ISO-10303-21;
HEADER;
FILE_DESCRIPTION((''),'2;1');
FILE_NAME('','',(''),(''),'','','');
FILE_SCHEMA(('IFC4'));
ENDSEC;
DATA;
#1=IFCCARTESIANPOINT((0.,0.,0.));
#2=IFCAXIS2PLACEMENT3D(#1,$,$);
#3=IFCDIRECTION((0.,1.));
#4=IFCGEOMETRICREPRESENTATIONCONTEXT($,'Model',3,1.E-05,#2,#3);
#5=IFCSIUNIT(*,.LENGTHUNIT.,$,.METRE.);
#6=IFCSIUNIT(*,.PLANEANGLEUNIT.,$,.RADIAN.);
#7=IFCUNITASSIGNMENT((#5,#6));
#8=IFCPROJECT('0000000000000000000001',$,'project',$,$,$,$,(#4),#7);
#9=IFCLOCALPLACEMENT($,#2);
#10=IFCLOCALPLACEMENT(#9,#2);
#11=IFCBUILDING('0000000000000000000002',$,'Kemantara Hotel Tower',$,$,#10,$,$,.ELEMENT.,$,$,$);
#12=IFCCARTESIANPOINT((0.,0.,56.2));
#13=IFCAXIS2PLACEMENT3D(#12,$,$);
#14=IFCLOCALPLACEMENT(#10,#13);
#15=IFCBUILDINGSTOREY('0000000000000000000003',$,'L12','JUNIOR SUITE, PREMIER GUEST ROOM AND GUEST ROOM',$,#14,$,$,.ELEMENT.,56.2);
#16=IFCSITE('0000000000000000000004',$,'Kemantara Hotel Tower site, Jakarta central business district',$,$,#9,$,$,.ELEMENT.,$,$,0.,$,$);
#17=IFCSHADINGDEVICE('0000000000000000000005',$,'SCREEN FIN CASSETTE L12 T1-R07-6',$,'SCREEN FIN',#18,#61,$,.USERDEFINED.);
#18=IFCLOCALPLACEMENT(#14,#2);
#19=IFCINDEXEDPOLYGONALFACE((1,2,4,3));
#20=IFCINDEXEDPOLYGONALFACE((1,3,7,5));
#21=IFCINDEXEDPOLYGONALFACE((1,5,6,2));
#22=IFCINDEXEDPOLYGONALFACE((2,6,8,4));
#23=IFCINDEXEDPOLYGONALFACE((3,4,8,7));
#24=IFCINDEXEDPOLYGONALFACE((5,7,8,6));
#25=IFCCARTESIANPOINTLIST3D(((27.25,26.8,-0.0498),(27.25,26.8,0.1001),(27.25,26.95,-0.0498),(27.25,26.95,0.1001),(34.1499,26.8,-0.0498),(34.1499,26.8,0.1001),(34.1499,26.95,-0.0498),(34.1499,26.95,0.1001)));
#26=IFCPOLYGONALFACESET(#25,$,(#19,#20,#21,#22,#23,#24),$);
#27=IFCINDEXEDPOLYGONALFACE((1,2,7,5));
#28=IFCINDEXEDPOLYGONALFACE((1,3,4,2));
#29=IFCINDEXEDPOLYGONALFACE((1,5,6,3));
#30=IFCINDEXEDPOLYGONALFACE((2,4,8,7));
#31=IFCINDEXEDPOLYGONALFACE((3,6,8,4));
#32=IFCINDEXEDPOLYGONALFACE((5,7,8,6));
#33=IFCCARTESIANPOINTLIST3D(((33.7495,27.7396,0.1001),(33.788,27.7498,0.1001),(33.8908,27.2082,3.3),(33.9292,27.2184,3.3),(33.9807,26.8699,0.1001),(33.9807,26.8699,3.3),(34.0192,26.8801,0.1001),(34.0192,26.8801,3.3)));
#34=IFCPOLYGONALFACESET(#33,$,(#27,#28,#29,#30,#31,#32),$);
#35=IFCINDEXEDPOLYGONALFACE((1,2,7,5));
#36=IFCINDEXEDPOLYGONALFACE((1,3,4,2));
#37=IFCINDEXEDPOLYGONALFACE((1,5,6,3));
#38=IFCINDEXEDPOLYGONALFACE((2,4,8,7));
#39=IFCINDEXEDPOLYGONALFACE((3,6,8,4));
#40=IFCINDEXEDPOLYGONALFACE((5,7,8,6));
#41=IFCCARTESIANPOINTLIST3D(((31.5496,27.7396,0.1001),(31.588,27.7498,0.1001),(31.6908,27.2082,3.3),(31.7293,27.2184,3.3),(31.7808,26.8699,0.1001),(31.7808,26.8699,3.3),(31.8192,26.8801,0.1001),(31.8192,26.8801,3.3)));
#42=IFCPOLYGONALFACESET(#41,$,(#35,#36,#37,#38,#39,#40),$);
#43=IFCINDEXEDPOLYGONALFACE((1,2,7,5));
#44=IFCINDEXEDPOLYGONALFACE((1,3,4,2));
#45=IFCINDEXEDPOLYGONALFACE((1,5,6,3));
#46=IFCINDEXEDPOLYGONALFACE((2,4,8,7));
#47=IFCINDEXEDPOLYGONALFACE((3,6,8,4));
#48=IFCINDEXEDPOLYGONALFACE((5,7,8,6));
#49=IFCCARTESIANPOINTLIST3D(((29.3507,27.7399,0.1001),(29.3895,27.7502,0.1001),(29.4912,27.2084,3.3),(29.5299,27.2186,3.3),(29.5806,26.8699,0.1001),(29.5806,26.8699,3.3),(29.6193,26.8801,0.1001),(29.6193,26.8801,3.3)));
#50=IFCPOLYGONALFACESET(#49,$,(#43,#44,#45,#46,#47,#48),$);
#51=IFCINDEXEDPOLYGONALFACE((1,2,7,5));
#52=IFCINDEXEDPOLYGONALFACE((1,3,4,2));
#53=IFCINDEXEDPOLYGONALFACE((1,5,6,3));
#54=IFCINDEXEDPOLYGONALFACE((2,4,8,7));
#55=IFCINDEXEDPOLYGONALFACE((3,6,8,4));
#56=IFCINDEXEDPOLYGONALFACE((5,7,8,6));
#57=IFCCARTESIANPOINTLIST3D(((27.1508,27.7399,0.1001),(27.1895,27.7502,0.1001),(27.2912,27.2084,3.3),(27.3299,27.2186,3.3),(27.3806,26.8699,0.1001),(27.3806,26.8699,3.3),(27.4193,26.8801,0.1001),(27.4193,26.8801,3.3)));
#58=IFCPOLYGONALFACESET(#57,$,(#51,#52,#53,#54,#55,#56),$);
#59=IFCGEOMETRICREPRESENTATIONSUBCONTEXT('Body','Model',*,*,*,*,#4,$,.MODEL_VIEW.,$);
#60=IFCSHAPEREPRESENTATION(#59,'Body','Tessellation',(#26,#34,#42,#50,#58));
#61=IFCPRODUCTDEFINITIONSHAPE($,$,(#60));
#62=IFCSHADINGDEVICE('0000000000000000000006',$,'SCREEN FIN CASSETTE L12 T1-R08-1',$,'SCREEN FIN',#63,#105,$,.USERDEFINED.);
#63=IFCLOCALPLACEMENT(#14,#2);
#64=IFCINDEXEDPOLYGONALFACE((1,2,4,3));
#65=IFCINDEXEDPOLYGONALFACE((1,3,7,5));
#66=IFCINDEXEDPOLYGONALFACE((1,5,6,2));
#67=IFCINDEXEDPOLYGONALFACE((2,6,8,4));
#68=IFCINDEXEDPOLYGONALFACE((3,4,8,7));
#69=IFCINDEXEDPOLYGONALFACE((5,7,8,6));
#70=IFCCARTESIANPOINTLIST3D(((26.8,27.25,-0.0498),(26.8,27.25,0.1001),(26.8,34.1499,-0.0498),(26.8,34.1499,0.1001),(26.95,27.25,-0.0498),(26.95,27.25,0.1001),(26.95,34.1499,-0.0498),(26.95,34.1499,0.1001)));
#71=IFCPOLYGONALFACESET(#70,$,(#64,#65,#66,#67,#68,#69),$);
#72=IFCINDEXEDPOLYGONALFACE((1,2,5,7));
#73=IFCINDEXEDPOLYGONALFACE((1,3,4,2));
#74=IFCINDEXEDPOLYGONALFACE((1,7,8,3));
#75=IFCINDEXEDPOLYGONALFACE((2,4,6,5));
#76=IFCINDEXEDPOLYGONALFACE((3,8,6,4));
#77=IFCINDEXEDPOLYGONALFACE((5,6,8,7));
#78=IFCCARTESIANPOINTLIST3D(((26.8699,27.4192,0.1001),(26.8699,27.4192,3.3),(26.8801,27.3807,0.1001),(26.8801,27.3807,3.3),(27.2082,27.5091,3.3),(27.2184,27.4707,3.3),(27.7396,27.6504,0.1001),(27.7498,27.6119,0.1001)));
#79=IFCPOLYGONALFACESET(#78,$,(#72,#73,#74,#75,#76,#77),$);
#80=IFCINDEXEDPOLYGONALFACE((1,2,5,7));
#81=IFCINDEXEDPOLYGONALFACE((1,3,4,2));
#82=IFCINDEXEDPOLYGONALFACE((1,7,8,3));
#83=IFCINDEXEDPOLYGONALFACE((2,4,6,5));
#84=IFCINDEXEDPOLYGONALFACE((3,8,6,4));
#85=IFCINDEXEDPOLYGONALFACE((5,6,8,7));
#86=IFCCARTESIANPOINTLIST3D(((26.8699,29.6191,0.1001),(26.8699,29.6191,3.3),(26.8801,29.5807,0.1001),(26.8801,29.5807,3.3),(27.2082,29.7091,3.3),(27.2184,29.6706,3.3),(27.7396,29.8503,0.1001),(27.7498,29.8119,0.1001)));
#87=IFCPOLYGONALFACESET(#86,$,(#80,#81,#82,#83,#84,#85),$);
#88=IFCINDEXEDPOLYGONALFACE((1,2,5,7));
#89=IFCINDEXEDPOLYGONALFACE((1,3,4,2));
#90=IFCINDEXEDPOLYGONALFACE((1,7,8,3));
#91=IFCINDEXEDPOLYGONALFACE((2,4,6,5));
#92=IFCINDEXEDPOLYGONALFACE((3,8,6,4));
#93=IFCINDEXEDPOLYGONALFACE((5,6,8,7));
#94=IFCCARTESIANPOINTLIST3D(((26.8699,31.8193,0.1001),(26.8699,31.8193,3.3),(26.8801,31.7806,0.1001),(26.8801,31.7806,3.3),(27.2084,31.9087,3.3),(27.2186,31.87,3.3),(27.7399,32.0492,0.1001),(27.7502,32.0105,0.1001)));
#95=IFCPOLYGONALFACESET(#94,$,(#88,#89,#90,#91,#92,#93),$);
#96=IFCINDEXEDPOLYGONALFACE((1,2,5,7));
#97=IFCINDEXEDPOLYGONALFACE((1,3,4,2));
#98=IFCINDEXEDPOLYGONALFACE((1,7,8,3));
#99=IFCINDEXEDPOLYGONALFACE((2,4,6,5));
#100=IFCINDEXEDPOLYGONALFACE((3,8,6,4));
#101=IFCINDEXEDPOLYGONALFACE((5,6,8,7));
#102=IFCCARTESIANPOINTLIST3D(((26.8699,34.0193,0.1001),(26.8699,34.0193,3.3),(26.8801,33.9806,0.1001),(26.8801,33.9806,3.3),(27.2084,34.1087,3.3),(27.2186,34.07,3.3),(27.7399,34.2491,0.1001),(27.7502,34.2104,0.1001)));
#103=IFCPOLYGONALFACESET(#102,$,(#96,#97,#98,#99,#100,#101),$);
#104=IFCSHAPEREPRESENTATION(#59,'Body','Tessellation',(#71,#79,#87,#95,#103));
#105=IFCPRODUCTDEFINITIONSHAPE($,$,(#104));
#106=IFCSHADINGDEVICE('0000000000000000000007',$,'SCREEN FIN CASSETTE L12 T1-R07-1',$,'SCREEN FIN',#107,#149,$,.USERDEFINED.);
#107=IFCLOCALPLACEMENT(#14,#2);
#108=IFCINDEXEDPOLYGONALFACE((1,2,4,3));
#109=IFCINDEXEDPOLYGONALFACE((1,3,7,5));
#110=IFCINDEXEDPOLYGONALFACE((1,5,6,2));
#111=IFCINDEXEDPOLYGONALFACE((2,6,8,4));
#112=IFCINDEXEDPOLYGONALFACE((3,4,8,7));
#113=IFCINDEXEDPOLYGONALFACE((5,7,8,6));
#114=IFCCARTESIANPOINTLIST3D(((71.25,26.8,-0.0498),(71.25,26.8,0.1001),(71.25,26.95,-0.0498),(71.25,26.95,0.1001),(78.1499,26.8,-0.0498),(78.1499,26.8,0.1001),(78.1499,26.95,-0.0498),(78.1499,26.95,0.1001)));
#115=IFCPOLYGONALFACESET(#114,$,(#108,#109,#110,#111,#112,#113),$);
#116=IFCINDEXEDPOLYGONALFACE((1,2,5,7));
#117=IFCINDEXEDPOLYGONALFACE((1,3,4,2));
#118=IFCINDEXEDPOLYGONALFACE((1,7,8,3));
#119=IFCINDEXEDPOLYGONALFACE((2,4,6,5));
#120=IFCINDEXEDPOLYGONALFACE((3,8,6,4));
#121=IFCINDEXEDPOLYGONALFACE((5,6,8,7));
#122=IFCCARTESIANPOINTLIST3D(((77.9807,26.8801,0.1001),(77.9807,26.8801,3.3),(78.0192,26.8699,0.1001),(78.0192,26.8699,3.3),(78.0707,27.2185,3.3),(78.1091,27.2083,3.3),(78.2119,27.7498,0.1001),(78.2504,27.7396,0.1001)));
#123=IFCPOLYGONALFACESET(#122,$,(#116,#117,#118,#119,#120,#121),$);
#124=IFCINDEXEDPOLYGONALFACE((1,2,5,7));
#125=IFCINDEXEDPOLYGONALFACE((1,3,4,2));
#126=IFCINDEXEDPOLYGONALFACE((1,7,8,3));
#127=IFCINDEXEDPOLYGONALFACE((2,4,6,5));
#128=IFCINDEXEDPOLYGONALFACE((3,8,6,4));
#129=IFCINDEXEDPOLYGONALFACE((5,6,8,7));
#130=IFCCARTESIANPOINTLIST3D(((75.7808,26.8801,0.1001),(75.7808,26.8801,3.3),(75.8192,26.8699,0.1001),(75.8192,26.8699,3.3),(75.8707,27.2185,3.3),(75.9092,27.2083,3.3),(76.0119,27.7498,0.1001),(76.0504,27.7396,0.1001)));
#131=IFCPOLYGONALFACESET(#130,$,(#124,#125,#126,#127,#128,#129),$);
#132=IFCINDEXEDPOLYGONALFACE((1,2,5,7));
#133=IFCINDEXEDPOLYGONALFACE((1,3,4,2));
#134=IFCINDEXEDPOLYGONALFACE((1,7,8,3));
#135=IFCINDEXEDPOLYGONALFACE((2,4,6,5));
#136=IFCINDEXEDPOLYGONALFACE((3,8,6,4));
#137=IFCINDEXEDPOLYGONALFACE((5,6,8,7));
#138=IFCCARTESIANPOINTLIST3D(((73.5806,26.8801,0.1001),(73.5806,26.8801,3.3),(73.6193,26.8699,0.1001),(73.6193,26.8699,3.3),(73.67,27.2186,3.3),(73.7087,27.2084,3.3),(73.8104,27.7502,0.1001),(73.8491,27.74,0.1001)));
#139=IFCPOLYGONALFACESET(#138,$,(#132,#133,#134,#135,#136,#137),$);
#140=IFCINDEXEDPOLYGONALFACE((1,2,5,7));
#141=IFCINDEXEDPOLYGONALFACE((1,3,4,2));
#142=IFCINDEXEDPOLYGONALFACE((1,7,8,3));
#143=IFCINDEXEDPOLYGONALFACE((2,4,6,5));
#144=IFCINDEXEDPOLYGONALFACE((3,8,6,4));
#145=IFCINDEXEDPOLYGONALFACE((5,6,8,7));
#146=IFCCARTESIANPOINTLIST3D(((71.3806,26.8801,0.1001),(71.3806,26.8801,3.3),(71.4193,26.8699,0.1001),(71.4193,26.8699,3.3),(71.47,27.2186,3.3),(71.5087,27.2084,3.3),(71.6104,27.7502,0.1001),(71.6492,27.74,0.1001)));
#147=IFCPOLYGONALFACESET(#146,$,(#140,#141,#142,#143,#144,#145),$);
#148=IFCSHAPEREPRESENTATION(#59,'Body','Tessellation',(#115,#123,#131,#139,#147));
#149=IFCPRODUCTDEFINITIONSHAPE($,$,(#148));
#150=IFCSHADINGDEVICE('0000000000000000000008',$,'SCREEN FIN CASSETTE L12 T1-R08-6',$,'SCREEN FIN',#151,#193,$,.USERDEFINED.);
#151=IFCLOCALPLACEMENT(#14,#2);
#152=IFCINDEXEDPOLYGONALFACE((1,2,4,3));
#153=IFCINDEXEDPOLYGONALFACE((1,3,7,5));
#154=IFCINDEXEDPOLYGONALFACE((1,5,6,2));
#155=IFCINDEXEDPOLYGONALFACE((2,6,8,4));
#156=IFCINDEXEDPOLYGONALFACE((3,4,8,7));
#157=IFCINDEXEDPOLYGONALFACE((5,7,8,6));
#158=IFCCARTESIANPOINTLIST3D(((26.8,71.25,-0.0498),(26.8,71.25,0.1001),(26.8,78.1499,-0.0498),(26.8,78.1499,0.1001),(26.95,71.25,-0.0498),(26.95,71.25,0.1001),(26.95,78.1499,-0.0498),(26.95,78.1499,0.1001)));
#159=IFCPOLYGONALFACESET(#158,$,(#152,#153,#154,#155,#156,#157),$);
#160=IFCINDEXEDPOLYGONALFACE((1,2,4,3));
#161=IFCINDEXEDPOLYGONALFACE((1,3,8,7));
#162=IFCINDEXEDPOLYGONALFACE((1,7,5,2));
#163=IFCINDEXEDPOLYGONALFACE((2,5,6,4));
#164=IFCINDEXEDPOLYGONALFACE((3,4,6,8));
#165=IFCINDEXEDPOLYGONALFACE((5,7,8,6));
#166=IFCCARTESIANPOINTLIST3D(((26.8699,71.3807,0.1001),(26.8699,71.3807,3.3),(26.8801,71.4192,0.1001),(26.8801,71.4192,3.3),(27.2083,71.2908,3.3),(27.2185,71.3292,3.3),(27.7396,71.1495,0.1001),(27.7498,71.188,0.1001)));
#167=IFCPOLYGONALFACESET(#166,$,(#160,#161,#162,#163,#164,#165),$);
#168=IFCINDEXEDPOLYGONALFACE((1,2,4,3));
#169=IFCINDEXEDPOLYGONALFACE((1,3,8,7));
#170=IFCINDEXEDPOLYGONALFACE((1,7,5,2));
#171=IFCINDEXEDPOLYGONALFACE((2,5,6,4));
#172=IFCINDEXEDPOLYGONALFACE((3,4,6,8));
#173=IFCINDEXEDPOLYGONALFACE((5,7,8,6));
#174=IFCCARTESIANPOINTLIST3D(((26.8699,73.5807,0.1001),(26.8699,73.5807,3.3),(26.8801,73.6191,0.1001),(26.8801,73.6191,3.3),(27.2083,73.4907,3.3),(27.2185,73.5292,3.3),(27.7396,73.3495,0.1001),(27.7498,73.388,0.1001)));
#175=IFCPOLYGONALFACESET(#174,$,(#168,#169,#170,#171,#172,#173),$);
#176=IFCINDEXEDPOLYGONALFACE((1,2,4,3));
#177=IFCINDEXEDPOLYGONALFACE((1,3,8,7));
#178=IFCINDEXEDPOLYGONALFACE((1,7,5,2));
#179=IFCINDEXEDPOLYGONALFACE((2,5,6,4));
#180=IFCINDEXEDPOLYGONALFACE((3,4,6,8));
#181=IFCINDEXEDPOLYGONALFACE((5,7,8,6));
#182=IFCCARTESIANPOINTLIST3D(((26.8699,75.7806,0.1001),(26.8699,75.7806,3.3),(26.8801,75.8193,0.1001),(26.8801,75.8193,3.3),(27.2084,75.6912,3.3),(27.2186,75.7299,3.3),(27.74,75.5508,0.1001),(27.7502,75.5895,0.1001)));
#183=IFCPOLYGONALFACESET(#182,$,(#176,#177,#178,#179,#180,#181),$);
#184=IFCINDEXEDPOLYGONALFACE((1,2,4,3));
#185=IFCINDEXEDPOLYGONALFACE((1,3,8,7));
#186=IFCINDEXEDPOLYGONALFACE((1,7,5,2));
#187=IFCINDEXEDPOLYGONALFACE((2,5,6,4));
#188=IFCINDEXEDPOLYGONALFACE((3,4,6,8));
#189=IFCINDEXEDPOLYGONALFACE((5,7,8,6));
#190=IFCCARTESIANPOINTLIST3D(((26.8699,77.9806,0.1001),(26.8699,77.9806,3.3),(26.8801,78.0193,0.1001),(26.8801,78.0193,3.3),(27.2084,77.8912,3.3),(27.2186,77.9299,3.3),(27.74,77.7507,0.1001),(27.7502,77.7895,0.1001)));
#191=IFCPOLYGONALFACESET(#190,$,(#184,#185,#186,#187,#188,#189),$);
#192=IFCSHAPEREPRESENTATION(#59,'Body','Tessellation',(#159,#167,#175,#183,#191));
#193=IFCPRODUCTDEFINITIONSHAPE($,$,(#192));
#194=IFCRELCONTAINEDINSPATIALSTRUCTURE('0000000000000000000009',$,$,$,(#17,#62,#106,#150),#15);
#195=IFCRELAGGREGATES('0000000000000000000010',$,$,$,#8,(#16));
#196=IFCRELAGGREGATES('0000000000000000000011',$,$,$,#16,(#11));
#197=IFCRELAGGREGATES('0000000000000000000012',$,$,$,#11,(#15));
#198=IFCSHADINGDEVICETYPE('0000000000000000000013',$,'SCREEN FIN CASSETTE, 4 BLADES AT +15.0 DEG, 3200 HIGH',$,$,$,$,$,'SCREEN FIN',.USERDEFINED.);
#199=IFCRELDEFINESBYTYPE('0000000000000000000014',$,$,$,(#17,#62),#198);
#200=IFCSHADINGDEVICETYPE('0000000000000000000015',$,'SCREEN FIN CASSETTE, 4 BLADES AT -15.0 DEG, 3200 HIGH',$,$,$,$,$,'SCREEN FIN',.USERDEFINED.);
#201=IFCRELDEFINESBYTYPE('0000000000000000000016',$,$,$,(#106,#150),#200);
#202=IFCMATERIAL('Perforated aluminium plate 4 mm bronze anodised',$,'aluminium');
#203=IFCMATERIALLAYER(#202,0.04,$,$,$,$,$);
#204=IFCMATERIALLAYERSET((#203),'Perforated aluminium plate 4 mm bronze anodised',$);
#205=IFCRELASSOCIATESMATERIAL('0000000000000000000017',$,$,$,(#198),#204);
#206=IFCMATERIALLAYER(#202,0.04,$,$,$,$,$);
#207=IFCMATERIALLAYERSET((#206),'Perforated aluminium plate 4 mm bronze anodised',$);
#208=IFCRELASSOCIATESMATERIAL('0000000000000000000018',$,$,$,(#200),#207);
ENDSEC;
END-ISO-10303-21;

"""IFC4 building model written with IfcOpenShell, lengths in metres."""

from ifc_helpers import new_model, si_unit, direction, frame, origin, origin_2d, place, context, subcontext, project, spatial, polyline, rectangle, outline, extrude, source, transform, mapped, material, layer, layer_set, type_object, element, save


model = new_model("IFC4")

# Units and contexts
model_context = context("Model", 3, precision=1e-05, world=origin(), true_north=direction((0.0, 1.0)))
body_context = subcontext(model_context, "Body", "Model", "MODEL_VIEW")
ifc_project = project(units=[si_unit("LENGTHUNIT", "METRE"), si_unit("PLANEANGLEUNIT", "RADIAN")], contexts=[model_context])

# Site, building, storey
site_placement = place(None, origin())
site = spatial("IfcSite", under=ifc_project, at=site_placement, Name="Kemantara Hotel Tower site, Jakarta central business district", CompositionType="ELEMENT", RefElevation=0.0)
building_placement = place(site_placement, origin())
building = spatial("IfcBuilding", under=site, at=building_placement, Name="Kemantara Hotel Tower", CompositionType="ELEMENT")
storey_placement = place(building_placement, frame((0.0, 0.0, 56.2)))
storey = spatial("IfcBuildingStorey", under=building, at=storey_placement, Name="L12", Description="JUNIOR SUITE, PREMIER GUEST ROOM AND GUEST ROOM", CompositionType="ELEMENT", Elevation=56.2)

# Shading devices
ifc_material_1 = material(Name="Perforated aluminium plate 4 mm bronze anodised", Category="aluminium")
ifc_layer_1 = layer(ifc_material_1, 0.04)
ifc_layer_set_1 = layer_set([ifc_layer_1], Name="Perforated aluminium plate 4 mm bronze anodised")
shading_device_type_1 = type_object("IfcShadingDeviceType", Name="SCREEN FIN CASSETTE, 4 BLADES AT +15.0 DEG, 3200 HIGH", ElementType="SCREEN FIN", PredefinedType="USERDEFINED", material=ifc_layer_set_1)
shared_shape_1 = source(origin(), body_context, "Body", "SweptSolid", [
    extrude(rectangle(XDim=6.8999, YDim=0.1499, at=origin_2d()), frame((3.3, -0.075, -0.1499), z_axis=(0.0, 0.0, 1.0), x_axis=(1.0, 0.0, 0.0)), (0.0, 0.0, 1.0), 0.1499),
    extrude(outline(polyline([(0.0, 0.0), (0.8999, 0.0), (0.3501, 3.2), (0.0, 3.2), (0.0, 0.0)])), frame((0.0193, -0.0698, 0.0), z_axis=(-0.966438, -0.256901, 0.0), x_axis=(0.256901, -0.966438, 0.0)), (0.0, 0.0, 1.0), 0.0398),
    extrude(outline(polyline([(0.0, 0.0), (0.8999, 0.0), (0.3501, 3.2), (0.0, 3.2), (0.0, 0.0)])), frame((2.2192, -0.0698, 0.0), z_axis=(-0.966438, -0.256901, 0.0), x_axis=(0.256901, -0.966438, 0.0)), (0.0, 0.0, 1.0), 0.0398),
    extrude(outline(polyline([(0.0, 0.0), (0.8999, 0.0), (0.3501, 3.2), (0.0, 3.2), (0.0, 0.0)])), frame((4.4194, -0.0698, 0.0), z_axis=(-0.966838, -0.255391, 0.0), x_axis=(0.255391, -0.966838, 0.0)), (0.0, 0.0, 1.0), 0.04),
    extrude(outline(polyline([(0.0, 0.0), (0.8999, 0.0), (0.3501, 3.2), (0.0, 3.2), (0.0, 0.0)])), frame((6.6194, -0.0698, 0.0), z_axis=(-0.966838, -0.255391, 0.0), x_axis=(0.255391, -0.966838, 0.0)), (0.0, 0.0, 1.0), 0.04),
])
for number, where, z_axis, x_axis, name in (
    (1, (34.0, 26.8, 0.1001), (0.0, 0.0, 1.0), (-1.0, 0.0, 0.0), "SCREEN FIN CASSETTE L12 T1-R07-6"),
    (2, (26.8, 27.3999, 0.1001), (0.0, 0.0, 1.0), (0.0, 1.0, 0.0), "SCREEN FIN CASSETTE L12 T1-R08-1"),
):
    element("IfcShadingDevice", number, at=place(storey_placement, frame(where, z_axis=z_axis, x_axis=x_axis)), inside=storey, type_object=shading_device_type_1, Name=name, ObjectType="SCREEN FIN", PredefinedType="USERDEFINED", context=body_context, shape_type="MappedRepresentation", body=[
        mapped(shared_shape_1, transform((0.0, 0.0, 0.0))),
    ])
ifc_layer_2 = layer(ifc_material_1, 0.04)
ifc_layer_set_2 = layer_set([ifc_layer_2], Name="Perforated aluminium plate 4 mm bronze anodised")
shading_device_type_2 = type_object("IfcShadingDeviceType", Name="SCREEN FIN CASSETTE, 4 BLADES AT -15.0 DEG, 3200 HIGH", ElementType="SCREEN FIN", PredefinedType="USERDEFINED", material=ifc_layer_set_2)
shared_shape_2 = source(origin(), body_context, "Body", "SweptSolid", [
    extrude(rectangle(XDim=6.8999, YDim=0.1499, at=origin_2d()), frame((3.3, -0.075, -0.1499), z_axis=(0.0, 0.0, 1.0), x_axis=(1.0, 0.0, 0.0)), (0.0, 0.0, 1.0), 0.1499),
    extrude(outline(polyline([(0.0, 0.0), (0.8999, 0.0), (0.3501, 3.2), (0.0, 3.2), (0.0, 0.0)])), frame((0.0193, -0.0801, 0.0), z_axis=(-0.966438, 0.256901, 0.0), x_axis=(-0.256901, -0.966438, 0.0)), (0.0, 0.0, 1.0), 0.0398),
    extrude(outline(polyline([(0.0, 0.0), (0.8999, 0.0), (0.3501, 3.2), (0.0, 3.2), (0.0, 0.0)])), frame((2.2192, -0.0801, 0.0), z_axis=(-0.966438, 0.256901, 0.0), x_axis=(-0.256901, -0.966438, 0.0)), (0.0, 0.0, 1.0), 0.0398),
    extrude(outline(polyline([(0.0, 0.0), (0.8999, 0.0), (0.3501, 3.2), (0.0, 3.2), (0.0, 0.0)])), frame((4.4194, -0.0801, 0.0), z_axis=(-0.966838, 0.255391, 0.0), x_axis=(-0.255391, -0.966838, 0.0)), (0.0, 0.0, 1.0), 0.04),
    extrude(outline(polyline([(0.0, 0.0), (0.8999, 0.0), (0.3501, 3.2), (0.0, 3.2), (0.0, 0.0)])), frame((6.6194, -0.0801, 0.0), z_axis=(-0.966838, 0.255391, 0.0), x_axis=(-0.255391, -0.966838, 0.0)), (0.0, 0.0, 1.0), 0.04),
])
for number, where, z_axis, x_axis, name in (
    (3, (78.0, 26.8, 0.1001), (0.0, 0.0, 1.0), (-1.0, 0.0, 0.0), "SCREEN FIN CASSETTE L12 T1-R07-1"),
    (4, (26.8, 71.3999, 0.1001), (0.0, 0.0, 1.0), (0.0, 1.0, 0.0), "SCREEN FIN CASSETTE L12 T1-R08-6"),
):
    element("IfcShadingDevice", number, at=place(storey_placement, frame(where, z_axis=z_axis, x_axis=x_axis)), inside=storey, type_object=shading_device_type_2, Name=name, ObjectType="SCREEN FIN", PredefinedType="USERDEFINED", context=body_context, shape_type="MappedRepresentation", body=[
        mapped(shared_shape_2, transform((0.0, 0.0, 0.0))),
    ])

save(model, "model.ifc")
